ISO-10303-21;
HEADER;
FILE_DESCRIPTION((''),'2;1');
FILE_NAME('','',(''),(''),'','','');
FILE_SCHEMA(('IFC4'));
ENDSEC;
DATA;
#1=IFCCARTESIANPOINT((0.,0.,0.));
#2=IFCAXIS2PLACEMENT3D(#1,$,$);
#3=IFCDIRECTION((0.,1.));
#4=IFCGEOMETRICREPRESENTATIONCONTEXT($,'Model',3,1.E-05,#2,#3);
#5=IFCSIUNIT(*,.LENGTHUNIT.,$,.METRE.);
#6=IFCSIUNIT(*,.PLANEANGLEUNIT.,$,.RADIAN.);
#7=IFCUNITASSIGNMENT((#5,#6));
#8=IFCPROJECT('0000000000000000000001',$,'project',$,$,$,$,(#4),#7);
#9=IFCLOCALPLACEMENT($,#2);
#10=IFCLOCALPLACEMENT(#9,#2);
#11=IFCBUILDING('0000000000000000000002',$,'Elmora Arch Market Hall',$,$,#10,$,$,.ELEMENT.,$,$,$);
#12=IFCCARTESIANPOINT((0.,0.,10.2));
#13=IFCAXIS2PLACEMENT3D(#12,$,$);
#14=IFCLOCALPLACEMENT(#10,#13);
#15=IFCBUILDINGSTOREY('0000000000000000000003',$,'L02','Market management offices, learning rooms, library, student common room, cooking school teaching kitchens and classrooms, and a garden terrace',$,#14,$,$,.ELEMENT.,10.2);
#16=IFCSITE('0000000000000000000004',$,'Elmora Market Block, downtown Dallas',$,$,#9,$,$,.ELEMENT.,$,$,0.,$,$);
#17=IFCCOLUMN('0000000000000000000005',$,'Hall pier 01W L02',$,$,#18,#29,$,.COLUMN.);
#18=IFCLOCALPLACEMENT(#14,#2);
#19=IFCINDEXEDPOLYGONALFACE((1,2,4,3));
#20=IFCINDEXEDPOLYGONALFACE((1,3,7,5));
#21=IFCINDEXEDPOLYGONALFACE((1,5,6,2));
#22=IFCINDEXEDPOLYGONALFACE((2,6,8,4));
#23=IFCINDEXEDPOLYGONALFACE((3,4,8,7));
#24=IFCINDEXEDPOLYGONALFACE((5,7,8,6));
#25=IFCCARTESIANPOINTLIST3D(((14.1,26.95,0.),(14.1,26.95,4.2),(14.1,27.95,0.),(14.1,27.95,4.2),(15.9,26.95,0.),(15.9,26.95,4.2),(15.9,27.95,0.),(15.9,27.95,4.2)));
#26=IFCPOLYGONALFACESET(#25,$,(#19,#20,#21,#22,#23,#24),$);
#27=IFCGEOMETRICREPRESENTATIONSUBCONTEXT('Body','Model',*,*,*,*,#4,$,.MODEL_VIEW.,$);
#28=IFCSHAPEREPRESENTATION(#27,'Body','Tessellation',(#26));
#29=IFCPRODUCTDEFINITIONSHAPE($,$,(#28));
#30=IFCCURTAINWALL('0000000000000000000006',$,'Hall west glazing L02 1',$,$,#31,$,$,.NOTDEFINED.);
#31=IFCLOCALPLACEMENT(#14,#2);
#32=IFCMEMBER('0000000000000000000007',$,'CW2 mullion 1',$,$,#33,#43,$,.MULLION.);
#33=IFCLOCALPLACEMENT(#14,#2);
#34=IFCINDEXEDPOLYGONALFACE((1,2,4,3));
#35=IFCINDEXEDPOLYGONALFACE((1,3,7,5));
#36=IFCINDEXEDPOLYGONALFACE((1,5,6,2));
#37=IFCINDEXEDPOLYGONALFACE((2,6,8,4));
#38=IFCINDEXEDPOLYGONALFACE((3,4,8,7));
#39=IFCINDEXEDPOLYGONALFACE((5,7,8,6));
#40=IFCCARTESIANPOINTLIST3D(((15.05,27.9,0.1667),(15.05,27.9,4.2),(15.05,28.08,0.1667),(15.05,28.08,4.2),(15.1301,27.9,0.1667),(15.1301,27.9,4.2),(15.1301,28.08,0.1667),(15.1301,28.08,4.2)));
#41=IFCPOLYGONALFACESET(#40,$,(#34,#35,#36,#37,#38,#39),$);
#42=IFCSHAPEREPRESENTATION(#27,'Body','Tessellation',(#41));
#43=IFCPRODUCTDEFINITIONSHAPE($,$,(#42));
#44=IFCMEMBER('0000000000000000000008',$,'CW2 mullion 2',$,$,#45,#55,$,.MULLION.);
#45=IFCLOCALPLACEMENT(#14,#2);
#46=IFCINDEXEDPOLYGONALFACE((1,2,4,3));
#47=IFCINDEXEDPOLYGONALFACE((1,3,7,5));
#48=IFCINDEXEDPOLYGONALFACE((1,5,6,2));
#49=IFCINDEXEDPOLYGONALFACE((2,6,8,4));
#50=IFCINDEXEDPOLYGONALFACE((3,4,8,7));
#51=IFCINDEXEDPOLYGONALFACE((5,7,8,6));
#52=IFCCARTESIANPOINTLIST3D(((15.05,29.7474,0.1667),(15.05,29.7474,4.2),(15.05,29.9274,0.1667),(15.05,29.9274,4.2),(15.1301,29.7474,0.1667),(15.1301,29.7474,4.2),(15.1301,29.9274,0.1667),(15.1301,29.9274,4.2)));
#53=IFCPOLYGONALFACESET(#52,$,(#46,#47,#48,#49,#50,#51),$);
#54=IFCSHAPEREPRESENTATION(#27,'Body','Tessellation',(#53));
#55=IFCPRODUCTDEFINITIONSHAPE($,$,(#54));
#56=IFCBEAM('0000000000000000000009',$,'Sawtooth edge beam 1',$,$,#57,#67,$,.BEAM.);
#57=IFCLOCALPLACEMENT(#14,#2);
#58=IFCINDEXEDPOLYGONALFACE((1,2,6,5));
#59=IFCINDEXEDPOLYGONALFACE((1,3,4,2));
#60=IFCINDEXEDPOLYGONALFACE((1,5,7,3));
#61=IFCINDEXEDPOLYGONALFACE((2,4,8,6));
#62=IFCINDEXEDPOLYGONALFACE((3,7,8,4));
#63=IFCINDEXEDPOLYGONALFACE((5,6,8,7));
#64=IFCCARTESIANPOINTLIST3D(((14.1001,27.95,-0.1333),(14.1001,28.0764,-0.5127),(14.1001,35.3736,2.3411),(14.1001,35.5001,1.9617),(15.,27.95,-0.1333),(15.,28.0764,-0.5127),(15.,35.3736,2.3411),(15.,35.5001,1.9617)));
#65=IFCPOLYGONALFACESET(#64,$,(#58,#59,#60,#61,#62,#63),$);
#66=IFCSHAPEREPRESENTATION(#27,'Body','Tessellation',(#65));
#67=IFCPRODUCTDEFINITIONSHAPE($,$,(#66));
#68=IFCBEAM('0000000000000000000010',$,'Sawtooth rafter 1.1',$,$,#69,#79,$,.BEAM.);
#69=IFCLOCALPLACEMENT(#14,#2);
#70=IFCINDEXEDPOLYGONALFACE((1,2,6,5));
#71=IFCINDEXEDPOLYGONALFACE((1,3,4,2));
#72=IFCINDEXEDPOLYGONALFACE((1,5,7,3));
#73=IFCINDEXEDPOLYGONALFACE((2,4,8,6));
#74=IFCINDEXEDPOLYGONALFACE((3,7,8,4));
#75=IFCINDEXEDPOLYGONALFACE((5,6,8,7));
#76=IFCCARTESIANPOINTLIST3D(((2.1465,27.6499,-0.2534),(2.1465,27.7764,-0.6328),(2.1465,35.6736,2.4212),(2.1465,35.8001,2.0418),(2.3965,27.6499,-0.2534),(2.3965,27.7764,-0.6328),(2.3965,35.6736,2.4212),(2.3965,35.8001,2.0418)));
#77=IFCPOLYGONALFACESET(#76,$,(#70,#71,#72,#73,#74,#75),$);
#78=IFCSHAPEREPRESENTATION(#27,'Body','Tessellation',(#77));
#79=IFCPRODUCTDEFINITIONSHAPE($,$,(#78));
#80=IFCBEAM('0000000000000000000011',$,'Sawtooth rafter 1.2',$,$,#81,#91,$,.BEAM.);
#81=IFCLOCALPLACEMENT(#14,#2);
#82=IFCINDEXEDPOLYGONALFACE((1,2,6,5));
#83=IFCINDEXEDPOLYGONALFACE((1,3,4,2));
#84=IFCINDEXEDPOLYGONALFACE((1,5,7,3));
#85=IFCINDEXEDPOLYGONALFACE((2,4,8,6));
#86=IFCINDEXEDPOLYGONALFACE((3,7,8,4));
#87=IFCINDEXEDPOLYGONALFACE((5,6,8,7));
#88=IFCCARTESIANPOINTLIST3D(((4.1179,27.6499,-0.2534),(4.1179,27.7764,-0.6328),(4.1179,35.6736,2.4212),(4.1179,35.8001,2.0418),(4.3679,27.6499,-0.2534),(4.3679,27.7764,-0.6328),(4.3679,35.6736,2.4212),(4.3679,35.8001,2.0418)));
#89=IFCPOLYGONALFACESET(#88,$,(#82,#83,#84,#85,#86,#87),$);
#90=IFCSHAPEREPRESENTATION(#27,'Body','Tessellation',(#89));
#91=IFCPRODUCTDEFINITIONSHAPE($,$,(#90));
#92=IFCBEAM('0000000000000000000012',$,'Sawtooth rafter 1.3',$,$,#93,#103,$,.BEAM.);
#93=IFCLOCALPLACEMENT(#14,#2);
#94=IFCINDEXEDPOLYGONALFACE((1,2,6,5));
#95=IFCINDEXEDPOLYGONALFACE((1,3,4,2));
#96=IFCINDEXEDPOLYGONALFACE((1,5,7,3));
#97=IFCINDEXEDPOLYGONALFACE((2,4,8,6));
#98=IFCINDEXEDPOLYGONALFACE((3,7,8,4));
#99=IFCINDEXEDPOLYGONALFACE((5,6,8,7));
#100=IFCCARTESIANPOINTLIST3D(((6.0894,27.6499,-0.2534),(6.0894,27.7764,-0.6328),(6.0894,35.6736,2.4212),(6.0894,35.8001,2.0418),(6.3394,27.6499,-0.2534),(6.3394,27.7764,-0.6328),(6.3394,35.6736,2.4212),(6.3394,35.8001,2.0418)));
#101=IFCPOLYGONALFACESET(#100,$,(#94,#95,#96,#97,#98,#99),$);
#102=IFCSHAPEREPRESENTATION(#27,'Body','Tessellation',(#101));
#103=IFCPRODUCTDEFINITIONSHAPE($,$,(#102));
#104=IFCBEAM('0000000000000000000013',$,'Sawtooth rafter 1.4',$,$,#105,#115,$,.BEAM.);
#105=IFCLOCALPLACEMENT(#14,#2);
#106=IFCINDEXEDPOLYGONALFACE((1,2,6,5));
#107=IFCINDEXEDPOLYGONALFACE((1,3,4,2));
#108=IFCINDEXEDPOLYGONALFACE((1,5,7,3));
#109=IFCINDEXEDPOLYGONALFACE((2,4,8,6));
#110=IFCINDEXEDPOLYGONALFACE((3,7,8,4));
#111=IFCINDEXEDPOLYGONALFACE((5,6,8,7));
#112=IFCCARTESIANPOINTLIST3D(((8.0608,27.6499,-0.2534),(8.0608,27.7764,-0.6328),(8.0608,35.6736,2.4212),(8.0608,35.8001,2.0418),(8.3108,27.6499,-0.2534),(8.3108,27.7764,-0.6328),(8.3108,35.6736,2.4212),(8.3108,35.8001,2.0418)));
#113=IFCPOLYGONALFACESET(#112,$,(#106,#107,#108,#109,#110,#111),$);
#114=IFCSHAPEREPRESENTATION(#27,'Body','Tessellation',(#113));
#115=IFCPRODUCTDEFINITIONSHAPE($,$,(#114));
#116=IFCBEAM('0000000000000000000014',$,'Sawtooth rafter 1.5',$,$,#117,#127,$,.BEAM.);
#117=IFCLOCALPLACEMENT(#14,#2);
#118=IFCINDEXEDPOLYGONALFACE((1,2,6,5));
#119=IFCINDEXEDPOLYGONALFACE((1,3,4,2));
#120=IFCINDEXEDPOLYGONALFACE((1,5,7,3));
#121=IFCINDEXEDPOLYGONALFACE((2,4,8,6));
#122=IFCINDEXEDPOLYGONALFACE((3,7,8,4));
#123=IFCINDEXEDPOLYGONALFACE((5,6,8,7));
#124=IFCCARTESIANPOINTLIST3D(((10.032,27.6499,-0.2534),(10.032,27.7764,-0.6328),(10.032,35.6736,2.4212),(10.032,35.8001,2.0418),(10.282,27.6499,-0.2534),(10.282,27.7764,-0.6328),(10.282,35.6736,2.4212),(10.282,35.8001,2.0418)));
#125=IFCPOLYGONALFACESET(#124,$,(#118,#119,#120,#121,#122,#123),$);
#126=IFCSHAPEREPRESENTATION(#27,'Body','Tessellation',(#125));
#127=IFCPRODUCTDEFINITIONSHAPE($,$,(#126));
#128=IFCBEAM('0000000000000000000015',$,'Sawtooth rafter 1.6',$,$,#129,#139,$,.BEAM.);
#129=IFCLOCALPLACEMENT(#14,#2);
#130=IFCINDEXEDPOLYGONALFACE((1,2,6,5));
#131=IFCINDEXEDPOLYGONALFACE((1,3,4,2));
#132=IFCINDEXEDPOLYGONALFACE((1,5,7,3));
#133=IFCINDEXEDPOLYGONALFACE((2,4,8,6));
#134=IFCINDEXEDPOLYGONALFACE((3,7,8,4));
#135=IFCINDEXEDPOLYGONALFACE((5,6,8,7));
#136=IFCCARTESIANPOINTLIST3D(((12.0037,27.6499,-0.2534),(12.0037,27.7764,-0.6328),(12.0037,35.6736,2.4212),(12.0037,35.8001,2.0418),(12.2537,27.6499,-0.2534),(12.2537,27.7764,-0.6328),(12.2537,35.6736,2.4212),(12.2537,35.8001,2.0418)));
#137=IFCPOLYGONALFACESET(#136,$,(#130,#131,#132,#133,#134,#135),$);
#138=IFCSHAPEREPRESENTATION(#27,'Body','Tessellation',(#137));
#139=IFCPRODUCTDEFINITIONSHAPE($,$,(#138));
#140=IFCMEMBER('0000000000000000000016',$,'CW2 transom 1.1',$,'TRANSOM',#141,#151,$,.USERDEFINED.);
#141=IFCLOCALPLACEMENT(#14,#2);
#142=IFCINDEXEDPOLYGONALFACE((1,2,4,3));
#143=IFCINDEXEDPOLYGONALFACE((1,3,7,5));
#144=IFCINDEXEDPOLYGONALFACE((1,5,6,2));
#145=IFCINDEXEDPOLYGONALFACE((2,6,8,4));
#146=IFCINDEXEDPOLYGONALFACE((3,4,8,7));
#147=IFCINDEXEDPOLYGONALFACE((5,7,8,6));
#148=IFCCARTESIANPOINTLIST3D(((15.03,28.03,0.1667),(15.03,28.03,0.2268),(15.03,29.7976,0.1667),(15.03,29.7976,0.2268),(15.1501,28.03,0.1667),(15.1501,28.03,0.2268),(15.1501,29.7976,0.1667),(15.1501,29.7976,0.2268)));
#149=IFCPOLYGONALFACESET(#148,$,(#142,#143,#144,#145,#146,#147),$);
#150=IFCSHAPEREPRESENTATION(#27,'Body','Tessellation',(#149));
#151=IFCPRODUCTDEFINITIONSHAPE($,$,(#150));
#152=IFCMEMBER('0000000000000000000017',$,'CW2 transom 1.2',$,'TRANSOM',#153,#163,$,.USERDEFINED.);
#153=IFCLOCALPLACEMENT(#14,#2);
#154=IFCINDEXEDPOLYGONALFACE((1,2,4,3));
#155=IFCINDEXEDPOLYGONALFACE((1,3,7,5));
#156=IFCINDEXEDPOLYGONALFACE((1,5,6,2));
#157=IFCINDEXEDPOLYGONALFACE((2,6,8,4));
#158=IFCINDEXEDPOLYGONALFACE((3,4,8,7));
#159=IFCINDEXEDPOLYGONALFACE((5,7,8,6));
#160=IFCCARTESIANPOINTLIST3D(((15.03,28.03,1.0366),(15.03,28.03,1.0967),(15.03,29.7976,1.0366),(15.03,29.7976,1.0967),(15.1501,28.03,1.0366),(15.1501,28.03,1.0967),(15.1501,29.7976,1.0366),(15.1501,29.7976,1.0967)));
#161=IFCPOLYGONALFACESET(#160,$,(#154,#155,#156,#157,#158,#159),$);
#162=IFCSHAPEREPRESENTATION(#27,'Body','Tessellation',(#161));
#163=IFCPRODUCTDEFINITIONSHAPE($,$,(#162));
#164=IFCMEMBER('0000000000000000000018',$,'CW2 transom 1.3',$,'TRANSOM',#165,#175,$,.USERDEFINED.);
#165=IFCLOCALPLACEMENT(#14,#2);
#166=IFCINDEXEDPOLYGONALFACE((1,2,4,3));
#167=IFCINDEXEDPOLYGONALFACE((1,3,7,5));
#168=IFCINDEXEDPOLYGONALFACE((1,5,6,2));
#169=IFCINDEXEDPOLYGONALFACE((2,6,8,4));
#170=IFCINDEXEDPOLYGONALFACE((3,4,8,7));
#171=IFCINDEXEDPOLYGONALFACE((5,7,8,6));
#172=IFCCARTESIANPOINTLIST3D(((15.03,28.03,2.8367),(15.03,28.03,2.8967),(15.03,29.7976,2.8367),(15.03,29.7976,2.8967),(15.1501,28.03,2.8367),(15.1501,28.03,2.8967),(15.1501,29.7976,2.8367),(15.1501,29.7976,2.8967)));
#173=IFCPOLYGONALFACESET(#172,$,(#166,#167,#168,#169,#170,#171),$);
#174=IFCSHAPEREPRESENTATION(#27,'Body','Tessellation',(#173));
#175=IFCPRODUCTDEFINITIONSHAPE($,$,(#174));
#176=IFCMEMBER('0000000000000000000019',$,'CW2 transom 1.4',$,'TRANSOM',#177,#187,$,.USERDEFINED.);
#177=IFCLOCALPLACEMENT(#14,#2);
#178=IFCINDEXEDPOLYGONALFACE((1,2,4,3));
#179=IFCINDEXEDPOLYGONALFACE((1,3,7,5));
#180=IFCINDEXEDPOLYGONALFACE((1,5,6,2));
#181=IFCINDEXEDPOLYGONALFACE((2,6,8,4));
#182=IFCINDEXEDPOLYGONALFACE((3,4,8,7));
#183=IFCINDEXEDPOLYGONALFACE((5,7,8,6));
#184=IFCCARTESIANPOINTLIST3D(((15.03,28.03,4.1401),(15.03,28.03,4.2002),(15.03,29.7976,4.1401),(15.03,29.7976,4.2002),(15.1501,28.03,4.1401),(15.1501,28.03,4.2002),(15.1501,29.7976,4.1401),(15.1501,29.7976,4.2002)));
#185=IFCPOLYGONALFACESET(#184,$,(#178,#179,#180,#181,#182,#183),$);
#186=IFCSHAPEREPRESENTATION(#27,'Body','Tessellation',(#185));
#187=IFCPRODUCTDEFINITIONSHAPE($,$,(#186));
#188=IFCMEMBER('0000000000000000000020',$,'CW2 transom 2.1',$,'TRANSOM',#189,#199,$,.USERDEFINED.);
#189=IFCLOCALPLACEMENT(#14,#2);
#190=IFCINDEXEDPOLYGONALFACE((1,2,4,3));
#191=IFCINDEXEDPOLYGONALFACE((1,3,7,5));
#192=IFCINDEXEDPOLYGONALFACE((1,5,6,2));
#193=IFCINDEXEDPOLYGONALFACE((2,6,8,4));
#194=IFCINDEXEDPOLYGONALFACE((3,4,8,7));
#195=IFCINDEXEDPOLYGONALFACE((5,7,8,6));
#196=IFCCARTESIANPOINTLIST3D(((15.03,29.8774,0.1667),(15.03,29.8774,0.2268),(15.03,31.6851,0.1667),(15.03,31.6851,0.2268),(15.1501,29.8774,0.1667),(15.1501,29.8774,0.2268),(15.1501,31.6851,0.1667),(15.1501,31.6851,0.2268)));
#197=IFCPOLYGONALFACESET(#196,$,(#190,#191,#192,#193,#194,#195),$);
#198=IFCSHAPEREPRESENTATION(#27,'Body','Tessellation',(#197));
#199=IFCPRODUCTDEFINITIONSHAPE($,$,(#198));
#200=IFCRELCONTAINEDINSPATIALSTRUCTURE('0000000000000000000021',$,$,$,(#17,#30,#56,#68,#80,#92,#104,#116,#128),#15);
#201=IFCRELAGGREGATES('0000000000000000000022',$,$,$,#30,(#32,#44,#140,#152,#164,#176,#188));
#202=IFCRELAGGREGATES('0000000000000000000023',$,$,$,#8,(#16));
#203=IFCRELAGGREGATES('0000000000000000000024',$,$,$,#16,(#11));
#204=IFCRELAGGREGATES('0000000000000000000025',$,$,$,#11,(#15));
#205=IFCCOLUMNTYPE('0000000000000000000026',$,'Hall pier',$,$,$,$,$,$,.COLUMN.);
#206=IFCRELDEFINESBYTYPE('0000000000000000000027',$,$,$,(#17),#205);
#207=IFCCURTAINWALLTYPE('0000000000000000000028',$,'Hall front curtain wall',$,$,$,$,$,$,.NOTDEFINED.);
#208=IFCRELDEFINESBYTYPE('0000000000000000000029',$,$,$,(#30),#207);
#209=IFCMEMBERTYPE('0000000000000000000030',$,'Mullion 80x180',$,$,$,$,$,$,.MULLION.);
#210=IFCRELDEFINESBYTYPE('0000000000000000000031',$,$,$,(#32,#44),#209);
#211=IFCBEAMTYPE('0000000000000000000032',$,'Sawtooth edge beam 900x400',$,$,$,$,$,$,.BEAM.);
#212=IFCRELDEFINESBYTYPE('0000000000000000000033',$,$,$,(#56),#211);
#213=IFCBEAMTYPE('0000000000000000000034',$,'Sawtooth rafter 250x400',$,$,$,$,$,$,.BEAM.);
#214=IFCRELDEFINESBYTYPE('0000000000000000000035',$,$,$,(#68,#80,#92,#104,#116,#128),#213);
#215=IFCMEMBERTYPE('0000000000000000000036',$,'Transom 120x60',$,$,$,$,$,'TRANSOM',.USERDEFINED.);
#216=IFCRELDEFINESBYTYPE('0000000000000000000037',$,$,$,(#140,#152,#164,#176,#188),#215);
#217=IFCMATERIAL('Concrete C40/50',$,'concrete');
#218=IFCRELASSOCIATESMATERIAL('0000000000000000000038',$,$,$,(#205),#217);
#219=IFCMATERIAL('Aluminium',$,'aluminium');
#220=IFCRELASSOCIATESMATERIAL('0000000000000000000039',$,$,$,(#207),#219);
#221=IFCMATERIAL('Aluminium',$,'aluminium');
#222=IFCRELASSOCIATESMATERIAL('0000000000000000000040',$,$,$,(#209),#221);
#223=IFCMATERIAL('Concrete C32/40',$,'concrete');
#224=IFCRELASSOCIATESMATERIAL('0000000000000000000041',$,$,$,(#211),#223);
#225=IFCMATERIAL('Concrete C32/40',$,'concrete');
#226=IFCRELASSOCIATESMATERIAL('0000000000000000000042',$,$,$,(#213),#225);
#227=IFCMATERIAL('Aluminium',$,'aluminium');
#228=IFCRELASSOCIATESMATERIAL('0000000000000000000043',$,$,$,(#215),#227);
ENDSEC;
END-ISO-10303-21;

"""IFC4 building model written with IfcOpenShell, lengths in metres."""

from ifc_helpers import new_model, si_unit, direction, frame, origin, origin_2d, place, context, subcontext, project, spatial, rectangle, extrude, material, material_profile, profile_set, type_object, element, aggregate, save


model = new_model("IFC4")

# Units and contexts
model_context = context("Model", 3, precision=1e-05, world=origin(), true_north=direction((0.0, 1.0)))
body_context = subcontext(model_context, "Body", "Model", "MODEL_VIEW")
ifc_project = project(units=[si_unit("LENGTHUNIT", "METRE"), si_unit("PLANEANGLEUNIT", "RADIAN")], contexts=[model_context])

# Site, building, storey
site_placement = place(None, origin())
site = spatial("IfcSite", under=ifc_project, at=site_placement, Name="Elmora Market Block, downtown Dallas", CompositionType="ELEMENT", RefElevation=0.0)
building_placement = place(site_placement, origin())
building = spatial("IfcBuilding", under=site, at=building_placement, Name="Elmora Arch Market Hall", CompositionType="ELEMENT")
storey_placement = place(building_placement, frame((0.0, 0.0, 10.2)))
storey = spatial("IfcBuildingStorey", under=building, at=storey_placement, Name="L02", Description="Market management offices, learning rooms, library, student common room, cooking school teaching kitchens and classrooms, and a garden terrace", CompositionType="ELEMENT", Elevation=10.2)

# Column
ifc_material_1 = material(Name="Concrete C40/50", Category="concrete")
ifc_material_profile_1 = material_profile(ifc_material_1, rectangle(XDim=1.8, YDim=1.0, at=origin_2d()), Name="Hall pier")
ifc_profile_set_1 = profile_set([ifc_material_profile_1], Name="Concrete C40/50")
column_type = type_object("IfcColumnType", Name="Hall pier", PredefinedType="COLUMN", material=ifc_profile_set_1)
column_placement = place(storey_placement, frame((15.0, 27.45, 0.0), z_axis=(0.0, 0.0, 1.0), x_axis=(1.0, 0.0, 0.0)))
element("IfcColumn", 1, at=column_placement, inside=storey, type_object=column_type, Name="Hall pier 01W L02", PredefinedType="COLUMN", context=body_context, shape_type="SweptSolid", body=[
    extrude(rectangle(XDim=1.8, YDim=1.0, at=origin_2d()), origin(), (0.0, 0.0, 1.0), 4.2),
])

# Curtain wall, members
ifc_material_2 = material(Name="Aluminium", Category="aluminium")
curtain_wall_type = type_object("IfcCurtainWallType", Name="Hall front curtain wall", PredefinedType="NOTDEFINED", material=ifc_material_2)
curtain_wall_placement = place(storey_placement, origin())
curtain_wall = element("IfcCurtainWall", 2, at=curtain_wall_placement, inside=storey, type_object=curtain_wall_type, Name="Hall west glazing L02 1", PredefinedType="NOTDEFINED")
ifc_material_3 = material(Name="Aluminium", Category="aluminium")
ifc_material_profile_2 = material_profile(ifc_material_3, rectangle(XDim=0.0801, YDim=0.1799, at=origin_2d()), Name="AL 80x180")
ifc_profile_set_2 = profile_set([ifc_material_profile_2], Name="Aluminium")
member_type_1 = type_object("IfcMemberType", Name="Mullion 80x180", PredefinedType="MULLION", material=ifc_profile_set_2)
member_1_placement = place(storey_placement, frame((15.0901, 27.99, 0.1667), z_axis=(0.0, 0.0, 1.0), x_axis=(-1.0, 0.0, 0.0)))
member_1 = element("IfcMember", 3, at=member_1_placement, type_object=member_type_1, Name="CW2 mullion 1", PredefinedType="MULLION", context=body_context, shape_type="SweptSolid", body=[
    extrude(rectangle(XDim=0.0801, YDim=0.1799, at=origin_2d()), origin(), (0.0, 0.0, 1.0), 4.0332),
])
member_2_placement = place(storey_placement, frame((15.0901, 29.8374, 0.1667), z_axis=(0.0, 0.0, 1.0), x_axis=(-1.0, 0.0, 0.0)))
member_2 = element("IfcMember", 4, at=member_2_placement, type_object=member_type_1, Name="CW2 mullion 2", PredefinedType="MULLION", context=body_context, shape_type="SweptSolid", body=[
    extrude(rectangle(XDim=0.0801, YDim=0.1799, at=origin_2d()), origin(), (0.0, 0.0, 1.0), 4.0332),
])

# Beams
ifc_material_4 = material(Name="Concrete C32/40", Category="concrete")
ifc_material_profile_3 = material_profile(ifc_material_4, rectangle(XDim=0.8999, YDim=0.3999, at=origin_2d()), Name="Sawtooth edge beam 900x400")
ifc_profile_set_3 = profile_set([ifc_material_profile_3], Name="Concrete C32/40")
beam_type_1 = type_object("IfcBeamType", Name="Sawtooth edge beam 900x400", PredefinedType="BEAM", material=ifc_profile_set_3)
beam_placement = place(storey_placement, frame((14.55, 28.0132, -0.323), z_axis=(0.0, 0.94869, 0.316209), x_axis=(-1.0, 0.0, 0.0)))
element("IfcBeam", 5, at=beam_placement, inside=storey, type_object=beam_type_1, Name="Sawtooth edge beam 1", PredefinedType="BEAM", context=body_context, shape_type="SweptSolid", body=[
    extrude(rectangle(XDim=0.8999, YDim=0.3999, at=origin_2d()), origin(), (0.0, 0.0, 1.0), 7.8252),
])
ifc_material_5 = material(Name="Concrete C32/40", Category="concrete")
ifc_material_profile_4 = material_profile(ifc_material_5, rectangle(XDim=0.25, YDim=0.3999, at=origin_2d()), Name="Sawtooth rafter 250x400")
ifc_profile_set_4 = profile_set([ifc_material_profile_4], Name="Concrete C32/40")
beam_type_2 = type_object("IfcBeamType", Name="Sawtooth rafter 250x400", PredefinedType="BEAM", material=ifc_profile_set_4)
for number, where, z_axis, x_axis, name in (
    (6, (2.2715, 27.7131, -0.4431), (0.0, 0.948683, 0.316228), (-1.0, 0.0, 0.0), "Sawtooth rafter 1.1"),
    (7, (4.2429, 27.7131, -0.4431), (0.0, 0.948683, 0.316228), (-1.0, 0.0, 0.0), "Sawtooth rafter 1.2"),
    (8, (6.2144, 27.7131, -0.4431), (0.0, 0.948683, 0.316228), (-1.0, 0.0, 0.0), "Sawtooth rafter 1.3"),
    (9, (8.1858, 27.7131, -0.4431), (0.0, 0.948683, 0.316228), (-1.0, 0.0, 0.0), "Sawtooth rafter 1.4"),
    (10, (10.157, 27.7131, -0.4431), (0.0, 0.948683, 0.316228), (-1.0, 0.0, 0.0), "Sawtooth rafter 1.5"),
    (11, (12.1287, 27.7131, -0.4431), (0.0, 0.948683, 0.316228), (-1.0, 0.0, 0.0), "Sawtooth rafter 1.6"),
):
    element("IfcBeam", number, at=place(storey_placement, frame(where, z_axis=z_axis, x_axis=x_axis)), inside=storey, type_object=beam_type_2, Name=name, PredefinedType="BEAM", context=body_context, shape_type="SweptSolid", body=[
        extrude(rectangle(XDim=0.25, YDim=0.3999, at=origin_2d()), origin(), (0.0, 0.0, 1.0), 8.4578),
    ])

# Members
ifc_material_6 = material(Name="Aluminium", Category="aluminium")
ifc_material_profile_5 = material_profile(ifc_material_6, rectangle(XDim=0.1201, YDim=0.0601, at=origin_2d()), Name="AL 120x60")
ifc_profile_set_5 = profile_set([ifc_material_profile_5], Name="Aluminium")
member_type_2 = type_object("IfcMemberType", Name="Transom 120x60", ElementType="TRANSOM", PredefinedType="USERDEFINED", material=ifc_profile_set_5)
member_3_placement = place(storey_placement, frame((15.0901, 28.03, 0.1968), z_axis=(0.0, 1.0, 0.0), x_axis=(-1.0, 0.0, 0.0)))
member_3 = element("IfcMember", 12, at=member_3_placement, type_object=member_type_2, Name="CW2 transom 1.1", ObjectType="TRANSOM", PredefinedType="USERDEFINED", context=body_context, shape_type="SweptSolid", body=[
    extrude(rectangle(XDim=0.1201, YDim=0.0601, at=origin_2d()), origin(), (0.0, 0.0, 1.0), 1.7676),
])
member_4_placement = place(storey_placement, frame((15.0901, 28.03, 1.0667), z_axis=(0.0, 1.0, 0.0), x_axis=(-1.0, 0.0, 0.0)))
member_4 = element("IfcMember", 13, at=member_4_placement, type_object=member_type_2, Name="CW2 transom 1.2", ObjectType="TRANSOM", PredefinedType="USERDEFINED", context=body_context, shape_type="SweptSolid", body=[
    extrude(rectangle(XDim=0.1201, YDim=0.0601, at=origin_2d()), origin(), (0.0, 0.0, 1.0), 1.7676),
])
member_5_placement = place(storey_placement, frame((15.0901, 28.03, 2.8667), z_axis=(0.0, 1.0, 0.0), x_axis=(-1.0, 0.0, 0.0)))
member_5 = element("IfcMember", 14, at=member_5_placement, type_object=member_type_2, Name="CW2 transom 1.3", ObjectType="TRANSOM", PredefinedType="USERDEFINED", context=body_context, shape_type="SweptSolid", body=[
    extrude(rectangle(XDim=0.1201, YDim=0.0601, at=origin_2d()), origin(), (0.0, 0.0, 1.0), 1.7676),
])
member_6_placement = place(storey_placement, frame((15.0901, 28.03, 4.1702), z_axis=(0.0, 1.0, 0.0), x_axis=(-1.0, 0.0, 0.0)))
member_6 = element("IfcMember", 15, at=member_6_placement, type_object=member_type_2, Name="CW2 transom 1.4", ObjectType="TRANSOM", PredefinedType="USERDEFINED", context=body_context, shape_type="SweptSolid", body=[
    extrude(rectangle(XDim=0.1201, YDim=0.0601, at=origin_2d()), origin(), (0.0, 0.0, 1.0), 1.7676),
])
member_7_placement = place(storey_placement, frame((15.0901, 29.8774, 0.1968), z_axis=(0.0, 1.0, 0.0), x_axis=(-1.0, 0.0, 0.0)))
member_7 = element("IfcMember", 16, at=member_7_placement, type_object=member_type_2, Name="CW2 transom 2.1", ObjectType="TRANSOM", PredefinedType="USERDEFINED", context=body_context, shape_type="SweptSolid", body=[
    extrude(rectangle(XDim=0.1201, YDim=0.0601, at=origin_2d()), origin(), (0.0, 0.0, 1.0), 1.8076),
])

aggregate(curtain_wall, [member_1, member_2, member_3, member_4, member_5, member_6, member_7])

save(model, "model.ifc")
